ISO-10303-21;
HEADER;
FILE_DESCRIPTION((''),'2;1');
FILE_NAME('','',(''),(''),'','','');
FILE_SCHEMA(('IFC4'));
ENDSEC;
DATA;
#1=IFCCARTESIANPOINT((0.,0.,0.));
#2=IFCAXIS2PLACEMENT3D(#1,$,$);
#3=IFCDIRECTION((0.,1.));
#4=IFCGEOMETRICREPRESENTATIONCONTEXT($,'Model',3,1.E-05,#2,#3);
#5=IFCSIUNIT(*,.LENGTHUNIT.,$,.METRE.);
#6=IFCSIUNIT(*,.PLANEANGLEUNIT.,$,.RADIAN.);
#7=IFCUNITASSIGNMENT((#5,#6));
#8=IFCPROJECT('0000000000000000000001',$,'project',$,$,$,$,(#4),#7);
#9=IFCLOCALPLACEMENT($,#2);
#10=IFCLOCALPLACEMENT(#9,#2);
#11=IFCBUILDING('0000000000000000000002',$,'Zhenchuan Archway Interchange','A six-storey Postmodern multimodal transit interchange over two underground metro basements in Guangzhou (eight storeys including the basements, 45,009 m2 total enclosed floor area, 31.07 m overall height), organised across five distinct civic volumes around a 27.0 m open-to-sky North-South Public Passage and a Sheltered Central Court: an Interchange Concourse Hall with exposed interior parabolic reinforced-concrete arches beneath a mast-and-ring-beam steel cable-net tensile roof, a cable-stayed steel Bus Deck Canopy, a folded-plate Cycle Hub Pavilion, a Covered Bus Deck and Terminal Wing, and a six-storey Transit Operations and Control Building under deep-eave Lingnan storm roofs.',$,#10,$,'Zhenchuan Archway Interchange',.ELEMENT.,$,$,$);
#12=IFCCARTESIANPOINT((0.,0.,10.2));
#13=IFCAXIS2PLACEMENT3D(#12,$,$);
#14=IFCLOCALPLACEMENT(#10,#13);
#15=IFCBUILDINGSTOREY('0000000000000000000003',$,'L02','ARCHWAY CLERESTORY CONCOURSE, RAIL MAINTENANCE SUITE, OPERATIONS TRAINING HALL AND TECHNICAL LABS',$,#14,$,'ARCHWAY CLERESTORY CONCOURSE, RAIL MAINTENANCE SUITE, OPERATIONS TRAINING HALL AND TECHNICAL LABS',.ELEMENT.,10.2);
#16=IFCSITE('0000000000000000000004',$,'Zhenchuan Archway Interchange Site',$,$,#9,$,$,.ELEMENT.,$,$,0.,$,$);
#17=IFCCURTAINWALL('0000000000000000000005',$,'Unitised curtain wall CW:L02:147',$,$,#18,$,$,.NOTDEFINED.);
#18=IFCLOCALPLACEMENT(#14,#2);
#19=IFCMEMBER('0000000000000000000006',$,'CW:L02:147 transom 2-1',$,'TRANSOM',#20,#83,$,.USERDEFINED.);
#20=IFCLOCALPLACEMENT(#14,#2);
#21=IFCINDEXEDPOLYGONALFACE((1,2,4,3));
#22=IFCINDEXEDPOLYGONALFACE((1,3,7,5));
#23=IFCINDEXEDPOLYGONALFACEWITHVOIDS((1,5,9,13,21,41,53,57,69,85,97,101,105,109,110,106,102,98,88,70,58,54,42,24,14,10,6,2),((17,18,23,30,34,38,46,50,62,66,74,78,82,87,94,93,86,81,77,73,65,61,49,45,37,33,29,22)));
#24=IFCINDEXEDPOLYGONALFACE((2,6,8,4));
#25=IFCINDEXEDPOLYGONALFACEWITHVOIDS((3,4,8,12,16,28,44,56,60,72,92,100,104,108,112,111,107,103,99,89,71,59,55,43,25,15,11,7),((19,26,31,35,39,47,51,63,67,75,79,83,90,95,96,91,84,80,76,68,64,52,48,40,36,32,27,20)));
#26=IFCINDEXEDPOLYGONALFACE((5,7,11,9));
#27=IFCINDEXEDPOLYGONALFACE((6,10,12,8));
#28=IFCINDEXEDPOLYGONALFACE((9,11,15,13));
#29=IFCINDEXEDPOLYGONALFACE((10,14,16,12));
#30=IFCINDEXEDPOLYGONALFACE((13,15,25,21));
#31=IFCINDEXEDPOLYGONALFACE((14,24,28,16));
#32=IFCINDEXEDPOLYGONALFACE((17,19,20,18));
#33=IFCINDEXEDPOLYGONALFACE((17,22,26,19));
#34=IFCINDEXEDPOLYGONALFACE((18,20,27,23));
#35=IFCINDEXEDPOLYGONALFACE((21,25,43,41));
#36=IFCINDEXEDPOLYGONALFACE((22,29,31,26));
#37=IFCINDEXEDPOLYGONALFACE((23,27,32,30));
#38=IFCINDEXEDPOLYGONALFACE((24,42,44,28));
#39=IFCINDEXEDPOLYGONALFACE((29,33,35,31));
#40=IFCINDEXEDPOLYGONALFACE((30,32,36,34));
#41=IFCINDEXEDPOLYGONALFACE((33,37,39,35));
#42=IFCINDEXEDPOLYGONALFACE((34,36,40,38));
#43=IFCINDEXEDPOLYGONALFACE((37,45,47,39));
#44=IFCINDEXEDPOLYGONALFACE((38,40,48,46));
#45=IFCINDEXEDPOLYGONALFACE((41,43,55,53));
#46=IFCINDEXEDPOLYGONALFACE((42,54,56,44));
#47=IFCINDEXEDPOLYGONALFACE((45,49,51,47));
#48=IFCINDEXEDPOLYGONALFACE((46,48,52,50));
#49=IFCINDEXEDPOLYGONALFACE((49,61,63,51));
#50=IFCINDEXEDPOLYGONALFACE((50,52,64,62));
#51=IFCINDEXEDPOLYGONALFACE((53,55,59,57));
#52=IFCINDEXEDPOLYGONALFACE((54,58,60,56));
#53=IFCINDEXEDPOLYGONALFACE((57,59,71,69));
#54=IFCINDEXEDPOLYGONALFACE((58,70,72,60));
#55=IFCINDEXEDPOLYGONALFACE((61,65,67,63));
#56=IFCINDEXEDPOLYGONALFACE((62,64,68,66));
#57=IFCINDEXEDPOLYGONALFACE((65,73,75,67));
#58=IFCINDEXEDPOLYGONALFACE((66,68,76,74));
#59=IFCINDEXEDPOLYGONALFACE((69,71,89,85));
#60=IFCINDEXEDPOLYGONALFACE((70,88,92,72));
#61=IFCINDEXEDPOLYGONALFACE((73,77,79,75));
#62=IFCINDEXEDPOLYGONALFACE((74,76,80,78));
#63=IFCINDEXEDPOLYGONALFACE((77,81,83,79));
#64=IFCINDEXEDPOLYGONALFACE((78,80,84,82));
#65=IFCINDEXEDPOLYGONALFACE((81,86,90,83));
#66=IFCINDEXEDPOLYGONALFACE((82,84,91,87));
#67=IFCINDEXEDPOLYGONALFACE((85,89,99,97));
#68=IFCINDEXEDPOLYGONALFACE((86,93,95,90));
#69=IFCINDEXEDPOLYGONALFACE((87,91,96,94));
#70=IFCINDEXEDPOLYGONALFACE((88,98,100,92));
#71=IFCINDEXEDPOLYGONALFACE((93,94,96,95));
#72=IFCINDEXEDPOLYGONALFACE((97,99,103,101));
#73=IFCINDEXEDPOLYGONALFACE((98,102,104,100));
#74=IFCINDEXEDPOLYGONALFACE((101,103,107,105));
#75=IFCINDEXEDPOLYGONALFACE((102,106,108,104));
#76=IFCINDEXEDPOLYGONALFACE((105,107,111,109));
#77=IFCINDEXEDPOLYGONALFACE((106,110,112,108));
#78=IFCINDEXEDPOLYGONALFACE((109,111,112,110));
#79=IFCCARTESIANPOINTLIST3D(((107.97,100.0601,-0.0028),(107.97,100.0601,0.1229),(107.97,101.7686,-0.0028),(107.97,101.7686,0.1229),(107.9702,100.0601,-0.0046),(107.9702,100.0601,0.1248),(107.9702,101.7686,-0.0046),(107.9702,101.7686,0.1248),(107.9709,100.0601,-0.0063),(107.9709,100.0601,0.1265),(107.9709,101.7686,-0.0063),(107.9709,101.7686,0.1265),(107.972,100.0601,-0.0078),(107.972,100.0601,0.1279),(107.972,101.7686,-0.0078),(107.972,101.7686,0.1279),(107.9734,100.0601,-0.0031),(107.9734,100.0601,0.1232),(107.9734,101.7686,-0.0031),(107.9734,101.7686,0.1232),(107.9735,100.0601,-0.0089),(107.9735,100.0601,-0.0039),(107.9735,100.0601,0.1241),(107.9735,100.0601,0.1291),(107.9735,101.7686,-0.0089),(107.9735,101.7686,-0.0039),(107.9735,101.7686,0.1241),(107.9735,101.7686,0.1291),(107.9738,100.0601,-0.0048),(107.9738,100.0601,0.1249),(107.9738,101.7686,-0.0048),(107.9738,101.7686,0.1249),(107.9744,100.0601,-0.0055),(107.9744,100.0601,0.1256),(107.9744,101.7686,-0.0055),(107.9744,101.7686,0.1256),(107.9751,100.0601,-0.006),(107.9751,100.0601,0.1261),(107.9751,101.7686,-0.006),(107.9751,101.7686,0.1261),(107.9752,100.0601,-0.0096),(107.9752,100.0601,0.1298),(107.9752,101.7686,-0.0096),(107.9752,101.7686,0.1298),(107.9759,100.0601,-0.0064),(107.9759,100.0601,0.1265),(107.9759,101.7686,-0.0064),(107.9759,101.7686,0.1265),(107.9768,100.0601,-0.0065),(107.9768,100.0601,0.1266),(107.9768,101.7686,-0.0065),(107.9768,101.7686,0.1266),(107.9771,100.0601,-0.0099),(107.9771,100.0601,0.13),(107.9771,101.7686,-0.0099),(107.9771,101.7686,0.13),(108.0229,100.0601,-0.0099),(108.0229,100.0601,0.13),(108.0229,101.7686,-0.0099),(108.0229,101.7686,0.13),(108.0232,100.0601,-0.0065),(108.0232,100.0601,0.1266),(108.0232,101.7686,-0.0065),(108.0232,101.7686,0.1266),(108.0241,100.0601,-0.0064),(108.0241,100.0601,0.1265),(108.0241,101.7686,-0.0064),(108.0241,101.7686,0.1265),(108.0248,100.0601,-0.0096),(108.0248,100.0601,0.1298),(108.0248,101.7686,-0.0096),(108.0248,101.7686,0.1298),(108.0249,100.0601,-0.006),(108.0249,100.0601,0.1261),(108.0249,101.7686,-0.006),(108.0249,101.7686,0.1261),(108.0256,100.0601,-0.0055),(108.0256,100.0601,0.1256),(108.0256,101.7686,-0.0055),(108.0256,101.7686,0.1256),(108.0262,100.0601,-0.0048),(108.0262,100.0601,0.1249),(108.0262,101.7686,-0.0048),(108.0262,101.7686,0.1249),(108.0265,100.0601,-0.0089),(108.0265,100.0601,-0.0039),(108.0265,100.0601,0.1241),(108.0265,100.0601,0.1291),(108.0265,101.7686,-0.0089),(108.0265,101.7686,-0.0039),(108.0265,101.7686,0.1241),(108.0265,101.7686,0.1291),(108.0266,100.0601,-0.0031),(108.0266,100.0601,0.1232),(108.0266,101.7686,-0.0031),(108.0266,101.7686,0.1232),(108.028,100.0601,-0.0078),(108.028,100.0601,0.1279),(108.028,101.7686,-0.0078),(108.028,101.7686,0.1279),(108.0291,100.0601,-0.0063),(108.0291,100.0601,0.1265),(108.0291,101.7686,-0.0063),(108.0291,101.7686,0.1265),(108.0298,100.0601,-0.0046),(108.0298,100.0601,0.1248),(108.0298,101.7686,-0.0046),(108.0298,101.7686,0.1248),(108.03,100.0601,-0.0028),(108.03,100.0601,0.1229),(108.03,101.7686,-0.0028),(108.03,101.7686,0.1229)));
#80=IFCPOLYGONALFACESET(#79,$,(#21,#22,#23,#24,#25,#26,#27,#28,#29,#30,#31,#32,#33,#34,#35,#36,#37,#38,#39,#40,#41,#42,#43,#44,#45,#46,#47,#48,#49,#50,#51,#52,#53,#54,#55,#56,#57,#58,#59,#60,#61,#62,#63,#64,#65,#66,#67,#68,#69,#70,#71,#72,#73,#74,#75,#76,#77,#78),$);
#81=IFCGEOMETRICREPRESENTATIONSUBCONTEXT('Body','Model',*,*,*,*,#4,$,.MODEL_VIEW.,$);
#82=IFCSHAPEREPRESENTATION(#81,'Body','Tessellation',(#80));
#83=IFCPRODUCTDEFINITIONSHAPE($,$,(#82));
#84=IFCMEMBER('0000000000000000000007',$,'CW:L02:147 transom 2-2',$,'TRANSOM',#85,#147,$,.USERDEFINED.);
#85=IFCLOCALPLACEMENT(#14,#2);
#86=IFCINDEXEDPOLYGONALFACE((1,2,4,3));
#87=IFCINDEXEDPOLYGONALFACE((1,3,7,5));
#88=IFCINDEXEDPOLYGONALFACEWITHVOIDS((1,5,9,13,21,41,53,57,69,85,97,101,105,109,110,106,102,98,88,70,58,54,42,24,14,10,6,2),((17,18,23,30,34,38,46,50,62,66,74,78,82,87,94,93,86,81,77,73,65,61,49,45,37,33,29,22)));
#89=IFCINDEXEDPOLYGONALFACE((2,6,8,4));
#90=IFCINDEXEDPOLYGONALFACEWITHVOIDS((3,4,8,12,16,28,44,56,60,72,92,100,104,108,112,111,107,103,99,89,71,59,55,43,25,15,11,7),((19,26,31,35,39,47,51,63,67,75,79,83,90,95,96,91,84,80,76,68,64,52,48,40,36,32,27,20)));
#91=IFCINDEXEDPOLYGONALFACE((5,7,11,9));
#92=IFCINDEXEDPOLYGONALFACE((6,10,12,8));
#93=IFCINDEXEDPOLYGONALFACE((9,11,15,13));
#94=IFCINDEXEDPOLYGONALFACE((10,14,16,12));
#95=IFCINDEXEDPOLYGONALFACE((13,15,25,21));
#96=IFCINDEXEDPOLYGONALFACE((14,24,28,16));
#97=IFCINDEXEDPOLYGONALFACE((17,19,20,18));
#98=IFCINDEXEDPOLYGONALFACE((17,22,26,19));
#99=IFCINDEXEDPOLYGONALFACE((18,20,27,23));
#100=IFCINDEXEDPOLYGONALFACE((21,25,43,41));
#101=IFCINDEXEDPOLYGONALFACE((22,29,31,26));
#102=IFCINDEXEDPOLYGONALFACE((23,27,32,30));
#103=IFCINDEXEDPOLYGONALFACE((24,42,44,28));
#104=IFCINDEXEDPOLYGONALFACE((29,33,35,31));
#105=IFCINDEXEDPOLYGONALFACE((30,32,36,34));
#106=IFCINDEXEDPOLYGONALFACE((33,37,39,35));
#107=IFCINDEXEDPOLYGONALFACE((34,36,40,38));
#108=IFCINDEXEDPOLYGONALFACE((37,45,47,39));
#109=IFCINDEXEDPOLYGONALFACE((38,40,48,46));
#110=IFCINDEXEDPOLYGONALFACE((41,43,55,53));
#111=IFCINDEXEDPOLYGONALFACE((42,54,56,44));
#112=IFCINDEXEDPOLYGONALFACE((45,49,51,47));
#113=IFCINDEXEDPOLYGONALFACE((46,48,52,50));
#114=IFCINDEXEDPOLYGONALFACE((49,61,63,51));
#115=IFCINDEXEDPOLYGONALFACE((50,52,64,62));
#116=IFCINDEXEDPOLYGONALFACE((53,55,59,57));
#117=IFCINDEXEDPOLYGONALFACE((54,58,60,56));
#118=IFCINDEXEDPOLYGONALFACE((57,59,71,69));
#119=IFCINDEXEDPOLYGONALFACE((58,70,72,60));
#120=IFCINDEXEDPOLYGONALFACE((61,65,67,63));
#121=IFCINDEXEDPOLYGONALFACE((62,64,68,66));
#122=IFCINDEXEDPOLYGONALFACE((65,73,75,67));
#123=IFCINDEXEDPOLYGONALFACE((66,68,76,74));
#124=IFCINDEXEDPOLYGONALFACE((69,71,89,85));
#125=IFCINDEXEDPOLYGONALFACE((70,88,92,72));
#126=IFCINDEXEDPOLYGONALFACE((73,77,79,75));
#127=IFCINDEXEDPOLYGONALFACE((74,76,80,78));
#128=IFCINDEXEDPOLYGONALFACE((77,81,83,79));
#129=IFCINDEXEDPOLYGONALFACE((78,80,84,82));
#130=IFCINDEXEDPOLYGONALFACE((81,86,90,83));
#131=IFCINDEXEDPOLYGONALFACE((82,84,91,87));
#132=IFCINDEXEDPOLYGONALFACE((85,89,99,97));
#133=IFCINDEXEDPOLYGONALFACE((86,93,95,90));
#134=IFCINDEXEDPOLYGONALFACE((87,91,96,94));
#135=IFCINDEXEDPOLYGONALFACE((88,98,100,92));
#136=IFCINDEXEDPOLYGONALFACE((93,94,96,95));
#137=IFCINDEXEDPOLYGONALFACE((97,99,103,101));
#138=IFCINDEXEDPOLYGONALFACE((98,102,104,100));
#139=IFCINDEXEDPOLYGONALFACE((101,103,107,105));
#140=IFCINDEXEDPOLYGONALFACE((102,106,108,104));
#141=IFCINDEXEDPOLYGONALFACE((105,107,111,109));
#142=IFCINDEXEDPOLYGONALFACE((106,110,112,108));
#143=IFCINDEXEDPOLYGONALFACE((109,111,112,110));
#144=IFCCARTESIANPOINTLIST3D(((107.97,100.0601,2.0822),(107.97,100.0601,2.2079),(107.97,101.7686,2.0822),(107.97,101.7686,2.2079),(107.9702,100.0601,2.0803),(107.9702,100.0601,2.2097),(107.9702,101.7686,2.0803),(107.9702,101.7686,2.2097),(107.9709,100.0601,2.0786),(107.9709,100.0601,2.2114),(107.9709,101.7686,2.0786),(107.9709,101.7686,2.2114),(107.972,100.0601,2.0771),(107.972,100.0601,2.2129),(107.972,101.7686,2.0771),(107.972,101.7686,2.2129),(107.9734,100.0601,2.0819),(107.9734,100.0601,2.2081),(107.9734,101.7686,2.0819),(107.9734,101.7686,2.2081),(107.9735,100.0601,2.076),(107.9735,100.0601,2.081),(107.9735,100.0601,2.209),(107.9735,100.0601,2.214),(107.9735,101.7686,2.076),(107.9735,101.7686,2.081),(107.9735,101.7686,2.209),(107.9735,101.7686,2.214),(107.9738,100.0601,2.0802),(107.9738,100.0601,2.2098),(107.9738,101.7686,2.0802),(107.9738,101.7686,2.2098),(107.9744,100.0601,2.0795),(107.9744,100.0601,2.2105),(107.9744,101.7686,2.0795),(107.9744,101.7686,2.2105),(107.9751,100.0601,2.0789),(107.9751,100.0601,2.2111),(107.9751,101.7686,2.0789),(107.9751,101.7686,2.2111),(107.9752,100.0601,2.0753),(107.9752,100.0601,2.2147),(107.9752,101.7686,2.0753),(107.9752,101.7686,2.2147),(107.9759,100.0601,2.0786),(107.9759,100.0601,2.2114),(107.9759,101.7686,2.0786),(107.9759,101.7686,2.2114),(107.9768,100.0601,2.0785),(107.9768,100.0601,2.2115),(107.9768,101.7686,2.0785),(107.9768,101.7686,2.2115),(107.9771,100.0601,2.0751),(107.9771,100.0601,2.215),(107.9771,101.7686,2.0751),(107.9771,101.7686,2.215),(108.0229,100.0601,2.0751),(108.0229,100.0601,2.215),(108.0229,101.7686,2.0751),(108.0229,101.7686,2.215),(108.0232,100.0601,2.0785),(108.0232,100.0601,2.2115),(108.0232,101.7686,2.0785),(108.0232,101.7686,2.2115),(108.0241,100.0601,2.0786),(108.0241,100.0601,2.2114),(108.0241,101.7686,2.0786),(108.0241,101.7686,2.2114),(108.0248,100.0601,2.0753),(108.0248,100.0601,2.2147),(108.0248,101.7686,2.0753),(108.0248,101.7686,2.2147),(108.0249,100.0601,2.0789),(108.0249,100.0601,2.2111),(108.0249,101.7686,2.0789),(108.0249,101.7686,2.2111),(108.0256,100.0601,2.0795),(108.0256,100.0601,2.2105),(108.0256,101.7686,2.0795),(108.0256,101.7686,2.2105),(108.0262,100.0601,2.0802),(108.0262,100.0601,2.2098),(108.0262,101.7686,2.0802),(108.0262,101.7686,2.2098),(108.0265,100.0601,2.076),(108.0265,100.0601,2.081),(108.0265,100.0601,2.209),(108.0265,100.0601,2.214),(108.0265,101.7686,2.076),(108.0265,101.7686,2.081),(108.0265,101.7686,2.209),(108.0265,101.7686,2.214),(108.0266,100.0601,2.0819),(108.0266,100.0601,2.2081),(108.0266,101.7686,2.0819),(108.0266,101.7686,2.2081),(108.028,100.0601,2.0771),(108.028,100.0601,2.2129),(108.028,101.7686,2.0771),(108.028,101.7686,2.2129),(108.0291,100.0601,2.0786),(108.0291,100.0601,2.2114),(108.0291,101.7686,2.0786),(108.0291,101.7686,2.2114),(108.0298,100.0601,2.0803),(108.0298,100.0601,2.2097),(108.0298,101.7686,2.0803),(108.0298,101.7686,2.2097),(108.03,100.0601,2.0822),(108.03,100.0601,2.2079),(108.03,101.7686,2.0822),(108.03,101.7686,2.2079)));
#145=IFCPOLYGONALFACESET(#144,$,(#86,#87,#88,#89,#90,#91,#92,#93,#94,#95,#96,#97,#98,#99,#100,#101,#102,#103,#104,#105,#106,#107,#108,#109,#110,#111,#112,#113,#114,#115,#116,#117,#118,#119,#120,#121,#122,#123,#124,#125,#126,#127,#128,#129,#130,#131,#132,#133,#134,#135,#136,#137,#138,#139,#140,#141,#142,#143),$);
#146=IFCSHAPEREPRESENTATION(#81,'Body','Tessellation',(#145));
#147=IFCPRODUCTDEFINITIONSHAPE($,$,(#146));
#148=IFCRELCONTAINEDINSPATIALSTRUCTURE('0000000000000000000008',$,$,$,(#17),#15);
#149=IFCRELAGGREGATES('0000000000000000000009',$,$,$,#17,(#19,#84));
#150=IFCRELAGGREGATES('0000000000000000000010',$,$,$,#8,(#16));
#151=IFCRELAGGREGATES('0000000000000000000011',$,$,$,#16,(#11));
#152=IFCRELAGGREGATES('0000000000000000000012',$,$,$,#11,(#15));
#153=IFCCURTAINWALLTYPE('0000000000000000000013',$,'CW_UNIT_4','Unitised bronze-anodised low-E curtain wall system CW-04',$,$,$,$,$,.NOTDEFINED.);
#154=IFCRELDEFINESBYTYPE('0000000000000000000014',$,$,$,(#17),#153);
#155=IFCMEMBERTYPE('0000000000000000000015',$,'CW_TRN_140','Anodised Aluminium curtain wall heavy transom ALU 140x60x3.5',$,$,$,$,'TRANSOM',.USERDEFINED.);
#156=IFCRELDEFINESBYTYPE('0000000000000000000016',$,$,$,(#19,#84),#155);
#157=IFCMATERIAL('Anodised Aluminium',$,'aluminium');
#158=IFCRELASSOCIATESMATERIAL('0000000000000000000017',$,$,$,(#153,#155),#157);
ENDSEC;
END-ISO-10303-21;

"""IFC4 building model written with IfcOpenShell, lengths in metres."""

from ifc_helpers import new_model, si_unit, direction, frame, origin, origin_2d, place, context, subcontext, project, spatial, hollow_rectangle, extrude, material, material_profile, profile_set, type_object, element, aggregate, save


model = new_model("IFC4")

# Units and contexts
model_context = context("Model", 3, precision=1e-05, world=origin(), true_north=direction((0.0, 1.0)))
body_context = subcontext(model_context, "Body", "Model", "MODEL_VIEW")
ifc_project = project(units=[si_unit("LENGTHUNIT", "METRE"), si_unit("PLANEANGLEUNIT", "RADIAN")], contexts=[model_context])

# Site, building, storey
site_placement = place(None, origin())
site = spatial("IfcSite", under=ifc_project, at=site_placement, Name="Zhenchuan Archway Interchange Site", CompositionType="ELEMENT", RefElevation=0.0)
building_placement = place(site_placement, origin())
building = spatial("IfcBuilding", under=site, at=building_placement, Name="Zhenchuan Archway Interchange", Description="A six-storey Postmodern multimodal transit interchange over two underground metro basements in Guangzhou (eight storeys including the basements, 45,009 m2 total enclosed floor area, 31.07 m overall height), organised across five distinct civic volumes around a 27.0 m open-to-sky North-South Public Passage and a Sheltered Central Court: an Interchange Concourse Hall with exposed interior parabolic reinforced-concrete arches beneath a mast-and-ring-beam steel cable-net tensile roof, a cable-stayed steel Bus Deck Canopy, a folded-plate Cycle Hub Pavilion, a Covered Bus Deck and Terminal Wing, and a six-storey Transit Operations and Control Building under deep-eave Lingnan storm roofs.", LongName="Zhenchuan Archway Interchange", CompositionType="ELEMENT")
storey_placement = place(building_placement, frame((0.0, 0.0, 10.2)))
storey = spatial("IfcBuildingStorey", under=building, at=storey_placement, Name="L02", Description="ARCHWAY CLERESTORY CONCOURSE, RAIL MAINTENANCE SUITE, OPERATIONS TRAINING HALL AND TECHNICAL LABS", LongName="ARCHWAY CLERESTORY CONCOURSE, RAIL MAINTENANCE SUITE, OPERATIONS TRAINING HALL AND TECHNICAL LABS", CompositionType="ELEMENT", Elevation=10.2)

# Curtain wall, members
ifc_material_1 = material(Name="Anodised Aluminium", Category="aluminium")
curtain_wall_type = type_object("IfcCurtainWallType", Name="CW_UNIT_4", Description="Unitised bronze-anodised low-E curtain wall system CW-04", PredefinedType="NOTDEFINED", material=ifc_material_1)
curtain_wall_placement = place(storey_placement, origin())
curtain_wall = element("IfcCurtainWall", 1, at=curtain_wall_placement, inside=storey, type_object=curtain_wall_type, Name="Unitised curtain wall CW:L02:147", PredefinedType="NOTDEFINED")
ifc_material_profile_1 = material_profile(ifc_material_1, hollow_rectangle(XDim=0.0601, YDim=0.1399, WallThickness=0.0034, InnerFilletRadius=0.0034, OuterFilletRadius=0.0071, at=origin_2d()), Name="ALU 140x60x3.5")
ifc_profile_set_1 = profile_set([ifc_material_profile_1], Name="Anodised Aluminium")
member_type_1 = type_object("IfcMemberType", Name="CW_TRN_140", Description="Anodised Aluminium curtain wall heavy transom ALU 140x60x3.5", ElementType="TRANSOM", PredefinedType="USERDEFINED", material=ifc_profile_set_1)
member_1_placement = place(storey_placement, frame((108.0, 100.0601, 0.0601), z_axis=(0.0, 1.0, 0.0), x_axis=(-1.0, 0.0, 0.0)))
member_1 = element("IfcMember", 2, at=member_1_placement, type_object=member_type_1, Name="CW:L02:147 transom 2-1", ObjectType="TRANSOM", PredefinedType="USERDEFINED", context=body_context, shape_type="SweptSolid", body=[
    extrude(hollow_rectangle(XDim=0.0601, YDim=0.1399, WallThickness=0.0034, InnerFilletRadius=0.0034, OuterFilletRadius=0.0071, at=origin_2d()), origin(), (0.0, 0.0, 1.0), 1.7085),
])
member_2_placement = place(storey_placement, frame((108.0, 100.0601, 2.145), z_axis=(0.0, 1.0, 0.0), x_axis=(-1.0, 0.0, 0.0)))
member_2 = element("IfcMember", 3, at=member_2_placement, type_object=member_type_1, Name="CW:L02:147 transom 2-2", ObjectType="TRANSOM", PredefinedType="USERDEFINED", context=body_context, shape_type="SweptSolid", body=[
    extrude(hollow_rectangle(XDim=0.0601, YDim=0.1399, WallThickness=0.0034, InnerFilletRadius=0.0034, OuterFilletRadius=0.0071, at=origin_2d()), origin(), (0.0, 0.0, 1.0), 1.7085),
])

aggregate(curtain_wall, [member_1, member_2])

save(model, "model.ifc")
